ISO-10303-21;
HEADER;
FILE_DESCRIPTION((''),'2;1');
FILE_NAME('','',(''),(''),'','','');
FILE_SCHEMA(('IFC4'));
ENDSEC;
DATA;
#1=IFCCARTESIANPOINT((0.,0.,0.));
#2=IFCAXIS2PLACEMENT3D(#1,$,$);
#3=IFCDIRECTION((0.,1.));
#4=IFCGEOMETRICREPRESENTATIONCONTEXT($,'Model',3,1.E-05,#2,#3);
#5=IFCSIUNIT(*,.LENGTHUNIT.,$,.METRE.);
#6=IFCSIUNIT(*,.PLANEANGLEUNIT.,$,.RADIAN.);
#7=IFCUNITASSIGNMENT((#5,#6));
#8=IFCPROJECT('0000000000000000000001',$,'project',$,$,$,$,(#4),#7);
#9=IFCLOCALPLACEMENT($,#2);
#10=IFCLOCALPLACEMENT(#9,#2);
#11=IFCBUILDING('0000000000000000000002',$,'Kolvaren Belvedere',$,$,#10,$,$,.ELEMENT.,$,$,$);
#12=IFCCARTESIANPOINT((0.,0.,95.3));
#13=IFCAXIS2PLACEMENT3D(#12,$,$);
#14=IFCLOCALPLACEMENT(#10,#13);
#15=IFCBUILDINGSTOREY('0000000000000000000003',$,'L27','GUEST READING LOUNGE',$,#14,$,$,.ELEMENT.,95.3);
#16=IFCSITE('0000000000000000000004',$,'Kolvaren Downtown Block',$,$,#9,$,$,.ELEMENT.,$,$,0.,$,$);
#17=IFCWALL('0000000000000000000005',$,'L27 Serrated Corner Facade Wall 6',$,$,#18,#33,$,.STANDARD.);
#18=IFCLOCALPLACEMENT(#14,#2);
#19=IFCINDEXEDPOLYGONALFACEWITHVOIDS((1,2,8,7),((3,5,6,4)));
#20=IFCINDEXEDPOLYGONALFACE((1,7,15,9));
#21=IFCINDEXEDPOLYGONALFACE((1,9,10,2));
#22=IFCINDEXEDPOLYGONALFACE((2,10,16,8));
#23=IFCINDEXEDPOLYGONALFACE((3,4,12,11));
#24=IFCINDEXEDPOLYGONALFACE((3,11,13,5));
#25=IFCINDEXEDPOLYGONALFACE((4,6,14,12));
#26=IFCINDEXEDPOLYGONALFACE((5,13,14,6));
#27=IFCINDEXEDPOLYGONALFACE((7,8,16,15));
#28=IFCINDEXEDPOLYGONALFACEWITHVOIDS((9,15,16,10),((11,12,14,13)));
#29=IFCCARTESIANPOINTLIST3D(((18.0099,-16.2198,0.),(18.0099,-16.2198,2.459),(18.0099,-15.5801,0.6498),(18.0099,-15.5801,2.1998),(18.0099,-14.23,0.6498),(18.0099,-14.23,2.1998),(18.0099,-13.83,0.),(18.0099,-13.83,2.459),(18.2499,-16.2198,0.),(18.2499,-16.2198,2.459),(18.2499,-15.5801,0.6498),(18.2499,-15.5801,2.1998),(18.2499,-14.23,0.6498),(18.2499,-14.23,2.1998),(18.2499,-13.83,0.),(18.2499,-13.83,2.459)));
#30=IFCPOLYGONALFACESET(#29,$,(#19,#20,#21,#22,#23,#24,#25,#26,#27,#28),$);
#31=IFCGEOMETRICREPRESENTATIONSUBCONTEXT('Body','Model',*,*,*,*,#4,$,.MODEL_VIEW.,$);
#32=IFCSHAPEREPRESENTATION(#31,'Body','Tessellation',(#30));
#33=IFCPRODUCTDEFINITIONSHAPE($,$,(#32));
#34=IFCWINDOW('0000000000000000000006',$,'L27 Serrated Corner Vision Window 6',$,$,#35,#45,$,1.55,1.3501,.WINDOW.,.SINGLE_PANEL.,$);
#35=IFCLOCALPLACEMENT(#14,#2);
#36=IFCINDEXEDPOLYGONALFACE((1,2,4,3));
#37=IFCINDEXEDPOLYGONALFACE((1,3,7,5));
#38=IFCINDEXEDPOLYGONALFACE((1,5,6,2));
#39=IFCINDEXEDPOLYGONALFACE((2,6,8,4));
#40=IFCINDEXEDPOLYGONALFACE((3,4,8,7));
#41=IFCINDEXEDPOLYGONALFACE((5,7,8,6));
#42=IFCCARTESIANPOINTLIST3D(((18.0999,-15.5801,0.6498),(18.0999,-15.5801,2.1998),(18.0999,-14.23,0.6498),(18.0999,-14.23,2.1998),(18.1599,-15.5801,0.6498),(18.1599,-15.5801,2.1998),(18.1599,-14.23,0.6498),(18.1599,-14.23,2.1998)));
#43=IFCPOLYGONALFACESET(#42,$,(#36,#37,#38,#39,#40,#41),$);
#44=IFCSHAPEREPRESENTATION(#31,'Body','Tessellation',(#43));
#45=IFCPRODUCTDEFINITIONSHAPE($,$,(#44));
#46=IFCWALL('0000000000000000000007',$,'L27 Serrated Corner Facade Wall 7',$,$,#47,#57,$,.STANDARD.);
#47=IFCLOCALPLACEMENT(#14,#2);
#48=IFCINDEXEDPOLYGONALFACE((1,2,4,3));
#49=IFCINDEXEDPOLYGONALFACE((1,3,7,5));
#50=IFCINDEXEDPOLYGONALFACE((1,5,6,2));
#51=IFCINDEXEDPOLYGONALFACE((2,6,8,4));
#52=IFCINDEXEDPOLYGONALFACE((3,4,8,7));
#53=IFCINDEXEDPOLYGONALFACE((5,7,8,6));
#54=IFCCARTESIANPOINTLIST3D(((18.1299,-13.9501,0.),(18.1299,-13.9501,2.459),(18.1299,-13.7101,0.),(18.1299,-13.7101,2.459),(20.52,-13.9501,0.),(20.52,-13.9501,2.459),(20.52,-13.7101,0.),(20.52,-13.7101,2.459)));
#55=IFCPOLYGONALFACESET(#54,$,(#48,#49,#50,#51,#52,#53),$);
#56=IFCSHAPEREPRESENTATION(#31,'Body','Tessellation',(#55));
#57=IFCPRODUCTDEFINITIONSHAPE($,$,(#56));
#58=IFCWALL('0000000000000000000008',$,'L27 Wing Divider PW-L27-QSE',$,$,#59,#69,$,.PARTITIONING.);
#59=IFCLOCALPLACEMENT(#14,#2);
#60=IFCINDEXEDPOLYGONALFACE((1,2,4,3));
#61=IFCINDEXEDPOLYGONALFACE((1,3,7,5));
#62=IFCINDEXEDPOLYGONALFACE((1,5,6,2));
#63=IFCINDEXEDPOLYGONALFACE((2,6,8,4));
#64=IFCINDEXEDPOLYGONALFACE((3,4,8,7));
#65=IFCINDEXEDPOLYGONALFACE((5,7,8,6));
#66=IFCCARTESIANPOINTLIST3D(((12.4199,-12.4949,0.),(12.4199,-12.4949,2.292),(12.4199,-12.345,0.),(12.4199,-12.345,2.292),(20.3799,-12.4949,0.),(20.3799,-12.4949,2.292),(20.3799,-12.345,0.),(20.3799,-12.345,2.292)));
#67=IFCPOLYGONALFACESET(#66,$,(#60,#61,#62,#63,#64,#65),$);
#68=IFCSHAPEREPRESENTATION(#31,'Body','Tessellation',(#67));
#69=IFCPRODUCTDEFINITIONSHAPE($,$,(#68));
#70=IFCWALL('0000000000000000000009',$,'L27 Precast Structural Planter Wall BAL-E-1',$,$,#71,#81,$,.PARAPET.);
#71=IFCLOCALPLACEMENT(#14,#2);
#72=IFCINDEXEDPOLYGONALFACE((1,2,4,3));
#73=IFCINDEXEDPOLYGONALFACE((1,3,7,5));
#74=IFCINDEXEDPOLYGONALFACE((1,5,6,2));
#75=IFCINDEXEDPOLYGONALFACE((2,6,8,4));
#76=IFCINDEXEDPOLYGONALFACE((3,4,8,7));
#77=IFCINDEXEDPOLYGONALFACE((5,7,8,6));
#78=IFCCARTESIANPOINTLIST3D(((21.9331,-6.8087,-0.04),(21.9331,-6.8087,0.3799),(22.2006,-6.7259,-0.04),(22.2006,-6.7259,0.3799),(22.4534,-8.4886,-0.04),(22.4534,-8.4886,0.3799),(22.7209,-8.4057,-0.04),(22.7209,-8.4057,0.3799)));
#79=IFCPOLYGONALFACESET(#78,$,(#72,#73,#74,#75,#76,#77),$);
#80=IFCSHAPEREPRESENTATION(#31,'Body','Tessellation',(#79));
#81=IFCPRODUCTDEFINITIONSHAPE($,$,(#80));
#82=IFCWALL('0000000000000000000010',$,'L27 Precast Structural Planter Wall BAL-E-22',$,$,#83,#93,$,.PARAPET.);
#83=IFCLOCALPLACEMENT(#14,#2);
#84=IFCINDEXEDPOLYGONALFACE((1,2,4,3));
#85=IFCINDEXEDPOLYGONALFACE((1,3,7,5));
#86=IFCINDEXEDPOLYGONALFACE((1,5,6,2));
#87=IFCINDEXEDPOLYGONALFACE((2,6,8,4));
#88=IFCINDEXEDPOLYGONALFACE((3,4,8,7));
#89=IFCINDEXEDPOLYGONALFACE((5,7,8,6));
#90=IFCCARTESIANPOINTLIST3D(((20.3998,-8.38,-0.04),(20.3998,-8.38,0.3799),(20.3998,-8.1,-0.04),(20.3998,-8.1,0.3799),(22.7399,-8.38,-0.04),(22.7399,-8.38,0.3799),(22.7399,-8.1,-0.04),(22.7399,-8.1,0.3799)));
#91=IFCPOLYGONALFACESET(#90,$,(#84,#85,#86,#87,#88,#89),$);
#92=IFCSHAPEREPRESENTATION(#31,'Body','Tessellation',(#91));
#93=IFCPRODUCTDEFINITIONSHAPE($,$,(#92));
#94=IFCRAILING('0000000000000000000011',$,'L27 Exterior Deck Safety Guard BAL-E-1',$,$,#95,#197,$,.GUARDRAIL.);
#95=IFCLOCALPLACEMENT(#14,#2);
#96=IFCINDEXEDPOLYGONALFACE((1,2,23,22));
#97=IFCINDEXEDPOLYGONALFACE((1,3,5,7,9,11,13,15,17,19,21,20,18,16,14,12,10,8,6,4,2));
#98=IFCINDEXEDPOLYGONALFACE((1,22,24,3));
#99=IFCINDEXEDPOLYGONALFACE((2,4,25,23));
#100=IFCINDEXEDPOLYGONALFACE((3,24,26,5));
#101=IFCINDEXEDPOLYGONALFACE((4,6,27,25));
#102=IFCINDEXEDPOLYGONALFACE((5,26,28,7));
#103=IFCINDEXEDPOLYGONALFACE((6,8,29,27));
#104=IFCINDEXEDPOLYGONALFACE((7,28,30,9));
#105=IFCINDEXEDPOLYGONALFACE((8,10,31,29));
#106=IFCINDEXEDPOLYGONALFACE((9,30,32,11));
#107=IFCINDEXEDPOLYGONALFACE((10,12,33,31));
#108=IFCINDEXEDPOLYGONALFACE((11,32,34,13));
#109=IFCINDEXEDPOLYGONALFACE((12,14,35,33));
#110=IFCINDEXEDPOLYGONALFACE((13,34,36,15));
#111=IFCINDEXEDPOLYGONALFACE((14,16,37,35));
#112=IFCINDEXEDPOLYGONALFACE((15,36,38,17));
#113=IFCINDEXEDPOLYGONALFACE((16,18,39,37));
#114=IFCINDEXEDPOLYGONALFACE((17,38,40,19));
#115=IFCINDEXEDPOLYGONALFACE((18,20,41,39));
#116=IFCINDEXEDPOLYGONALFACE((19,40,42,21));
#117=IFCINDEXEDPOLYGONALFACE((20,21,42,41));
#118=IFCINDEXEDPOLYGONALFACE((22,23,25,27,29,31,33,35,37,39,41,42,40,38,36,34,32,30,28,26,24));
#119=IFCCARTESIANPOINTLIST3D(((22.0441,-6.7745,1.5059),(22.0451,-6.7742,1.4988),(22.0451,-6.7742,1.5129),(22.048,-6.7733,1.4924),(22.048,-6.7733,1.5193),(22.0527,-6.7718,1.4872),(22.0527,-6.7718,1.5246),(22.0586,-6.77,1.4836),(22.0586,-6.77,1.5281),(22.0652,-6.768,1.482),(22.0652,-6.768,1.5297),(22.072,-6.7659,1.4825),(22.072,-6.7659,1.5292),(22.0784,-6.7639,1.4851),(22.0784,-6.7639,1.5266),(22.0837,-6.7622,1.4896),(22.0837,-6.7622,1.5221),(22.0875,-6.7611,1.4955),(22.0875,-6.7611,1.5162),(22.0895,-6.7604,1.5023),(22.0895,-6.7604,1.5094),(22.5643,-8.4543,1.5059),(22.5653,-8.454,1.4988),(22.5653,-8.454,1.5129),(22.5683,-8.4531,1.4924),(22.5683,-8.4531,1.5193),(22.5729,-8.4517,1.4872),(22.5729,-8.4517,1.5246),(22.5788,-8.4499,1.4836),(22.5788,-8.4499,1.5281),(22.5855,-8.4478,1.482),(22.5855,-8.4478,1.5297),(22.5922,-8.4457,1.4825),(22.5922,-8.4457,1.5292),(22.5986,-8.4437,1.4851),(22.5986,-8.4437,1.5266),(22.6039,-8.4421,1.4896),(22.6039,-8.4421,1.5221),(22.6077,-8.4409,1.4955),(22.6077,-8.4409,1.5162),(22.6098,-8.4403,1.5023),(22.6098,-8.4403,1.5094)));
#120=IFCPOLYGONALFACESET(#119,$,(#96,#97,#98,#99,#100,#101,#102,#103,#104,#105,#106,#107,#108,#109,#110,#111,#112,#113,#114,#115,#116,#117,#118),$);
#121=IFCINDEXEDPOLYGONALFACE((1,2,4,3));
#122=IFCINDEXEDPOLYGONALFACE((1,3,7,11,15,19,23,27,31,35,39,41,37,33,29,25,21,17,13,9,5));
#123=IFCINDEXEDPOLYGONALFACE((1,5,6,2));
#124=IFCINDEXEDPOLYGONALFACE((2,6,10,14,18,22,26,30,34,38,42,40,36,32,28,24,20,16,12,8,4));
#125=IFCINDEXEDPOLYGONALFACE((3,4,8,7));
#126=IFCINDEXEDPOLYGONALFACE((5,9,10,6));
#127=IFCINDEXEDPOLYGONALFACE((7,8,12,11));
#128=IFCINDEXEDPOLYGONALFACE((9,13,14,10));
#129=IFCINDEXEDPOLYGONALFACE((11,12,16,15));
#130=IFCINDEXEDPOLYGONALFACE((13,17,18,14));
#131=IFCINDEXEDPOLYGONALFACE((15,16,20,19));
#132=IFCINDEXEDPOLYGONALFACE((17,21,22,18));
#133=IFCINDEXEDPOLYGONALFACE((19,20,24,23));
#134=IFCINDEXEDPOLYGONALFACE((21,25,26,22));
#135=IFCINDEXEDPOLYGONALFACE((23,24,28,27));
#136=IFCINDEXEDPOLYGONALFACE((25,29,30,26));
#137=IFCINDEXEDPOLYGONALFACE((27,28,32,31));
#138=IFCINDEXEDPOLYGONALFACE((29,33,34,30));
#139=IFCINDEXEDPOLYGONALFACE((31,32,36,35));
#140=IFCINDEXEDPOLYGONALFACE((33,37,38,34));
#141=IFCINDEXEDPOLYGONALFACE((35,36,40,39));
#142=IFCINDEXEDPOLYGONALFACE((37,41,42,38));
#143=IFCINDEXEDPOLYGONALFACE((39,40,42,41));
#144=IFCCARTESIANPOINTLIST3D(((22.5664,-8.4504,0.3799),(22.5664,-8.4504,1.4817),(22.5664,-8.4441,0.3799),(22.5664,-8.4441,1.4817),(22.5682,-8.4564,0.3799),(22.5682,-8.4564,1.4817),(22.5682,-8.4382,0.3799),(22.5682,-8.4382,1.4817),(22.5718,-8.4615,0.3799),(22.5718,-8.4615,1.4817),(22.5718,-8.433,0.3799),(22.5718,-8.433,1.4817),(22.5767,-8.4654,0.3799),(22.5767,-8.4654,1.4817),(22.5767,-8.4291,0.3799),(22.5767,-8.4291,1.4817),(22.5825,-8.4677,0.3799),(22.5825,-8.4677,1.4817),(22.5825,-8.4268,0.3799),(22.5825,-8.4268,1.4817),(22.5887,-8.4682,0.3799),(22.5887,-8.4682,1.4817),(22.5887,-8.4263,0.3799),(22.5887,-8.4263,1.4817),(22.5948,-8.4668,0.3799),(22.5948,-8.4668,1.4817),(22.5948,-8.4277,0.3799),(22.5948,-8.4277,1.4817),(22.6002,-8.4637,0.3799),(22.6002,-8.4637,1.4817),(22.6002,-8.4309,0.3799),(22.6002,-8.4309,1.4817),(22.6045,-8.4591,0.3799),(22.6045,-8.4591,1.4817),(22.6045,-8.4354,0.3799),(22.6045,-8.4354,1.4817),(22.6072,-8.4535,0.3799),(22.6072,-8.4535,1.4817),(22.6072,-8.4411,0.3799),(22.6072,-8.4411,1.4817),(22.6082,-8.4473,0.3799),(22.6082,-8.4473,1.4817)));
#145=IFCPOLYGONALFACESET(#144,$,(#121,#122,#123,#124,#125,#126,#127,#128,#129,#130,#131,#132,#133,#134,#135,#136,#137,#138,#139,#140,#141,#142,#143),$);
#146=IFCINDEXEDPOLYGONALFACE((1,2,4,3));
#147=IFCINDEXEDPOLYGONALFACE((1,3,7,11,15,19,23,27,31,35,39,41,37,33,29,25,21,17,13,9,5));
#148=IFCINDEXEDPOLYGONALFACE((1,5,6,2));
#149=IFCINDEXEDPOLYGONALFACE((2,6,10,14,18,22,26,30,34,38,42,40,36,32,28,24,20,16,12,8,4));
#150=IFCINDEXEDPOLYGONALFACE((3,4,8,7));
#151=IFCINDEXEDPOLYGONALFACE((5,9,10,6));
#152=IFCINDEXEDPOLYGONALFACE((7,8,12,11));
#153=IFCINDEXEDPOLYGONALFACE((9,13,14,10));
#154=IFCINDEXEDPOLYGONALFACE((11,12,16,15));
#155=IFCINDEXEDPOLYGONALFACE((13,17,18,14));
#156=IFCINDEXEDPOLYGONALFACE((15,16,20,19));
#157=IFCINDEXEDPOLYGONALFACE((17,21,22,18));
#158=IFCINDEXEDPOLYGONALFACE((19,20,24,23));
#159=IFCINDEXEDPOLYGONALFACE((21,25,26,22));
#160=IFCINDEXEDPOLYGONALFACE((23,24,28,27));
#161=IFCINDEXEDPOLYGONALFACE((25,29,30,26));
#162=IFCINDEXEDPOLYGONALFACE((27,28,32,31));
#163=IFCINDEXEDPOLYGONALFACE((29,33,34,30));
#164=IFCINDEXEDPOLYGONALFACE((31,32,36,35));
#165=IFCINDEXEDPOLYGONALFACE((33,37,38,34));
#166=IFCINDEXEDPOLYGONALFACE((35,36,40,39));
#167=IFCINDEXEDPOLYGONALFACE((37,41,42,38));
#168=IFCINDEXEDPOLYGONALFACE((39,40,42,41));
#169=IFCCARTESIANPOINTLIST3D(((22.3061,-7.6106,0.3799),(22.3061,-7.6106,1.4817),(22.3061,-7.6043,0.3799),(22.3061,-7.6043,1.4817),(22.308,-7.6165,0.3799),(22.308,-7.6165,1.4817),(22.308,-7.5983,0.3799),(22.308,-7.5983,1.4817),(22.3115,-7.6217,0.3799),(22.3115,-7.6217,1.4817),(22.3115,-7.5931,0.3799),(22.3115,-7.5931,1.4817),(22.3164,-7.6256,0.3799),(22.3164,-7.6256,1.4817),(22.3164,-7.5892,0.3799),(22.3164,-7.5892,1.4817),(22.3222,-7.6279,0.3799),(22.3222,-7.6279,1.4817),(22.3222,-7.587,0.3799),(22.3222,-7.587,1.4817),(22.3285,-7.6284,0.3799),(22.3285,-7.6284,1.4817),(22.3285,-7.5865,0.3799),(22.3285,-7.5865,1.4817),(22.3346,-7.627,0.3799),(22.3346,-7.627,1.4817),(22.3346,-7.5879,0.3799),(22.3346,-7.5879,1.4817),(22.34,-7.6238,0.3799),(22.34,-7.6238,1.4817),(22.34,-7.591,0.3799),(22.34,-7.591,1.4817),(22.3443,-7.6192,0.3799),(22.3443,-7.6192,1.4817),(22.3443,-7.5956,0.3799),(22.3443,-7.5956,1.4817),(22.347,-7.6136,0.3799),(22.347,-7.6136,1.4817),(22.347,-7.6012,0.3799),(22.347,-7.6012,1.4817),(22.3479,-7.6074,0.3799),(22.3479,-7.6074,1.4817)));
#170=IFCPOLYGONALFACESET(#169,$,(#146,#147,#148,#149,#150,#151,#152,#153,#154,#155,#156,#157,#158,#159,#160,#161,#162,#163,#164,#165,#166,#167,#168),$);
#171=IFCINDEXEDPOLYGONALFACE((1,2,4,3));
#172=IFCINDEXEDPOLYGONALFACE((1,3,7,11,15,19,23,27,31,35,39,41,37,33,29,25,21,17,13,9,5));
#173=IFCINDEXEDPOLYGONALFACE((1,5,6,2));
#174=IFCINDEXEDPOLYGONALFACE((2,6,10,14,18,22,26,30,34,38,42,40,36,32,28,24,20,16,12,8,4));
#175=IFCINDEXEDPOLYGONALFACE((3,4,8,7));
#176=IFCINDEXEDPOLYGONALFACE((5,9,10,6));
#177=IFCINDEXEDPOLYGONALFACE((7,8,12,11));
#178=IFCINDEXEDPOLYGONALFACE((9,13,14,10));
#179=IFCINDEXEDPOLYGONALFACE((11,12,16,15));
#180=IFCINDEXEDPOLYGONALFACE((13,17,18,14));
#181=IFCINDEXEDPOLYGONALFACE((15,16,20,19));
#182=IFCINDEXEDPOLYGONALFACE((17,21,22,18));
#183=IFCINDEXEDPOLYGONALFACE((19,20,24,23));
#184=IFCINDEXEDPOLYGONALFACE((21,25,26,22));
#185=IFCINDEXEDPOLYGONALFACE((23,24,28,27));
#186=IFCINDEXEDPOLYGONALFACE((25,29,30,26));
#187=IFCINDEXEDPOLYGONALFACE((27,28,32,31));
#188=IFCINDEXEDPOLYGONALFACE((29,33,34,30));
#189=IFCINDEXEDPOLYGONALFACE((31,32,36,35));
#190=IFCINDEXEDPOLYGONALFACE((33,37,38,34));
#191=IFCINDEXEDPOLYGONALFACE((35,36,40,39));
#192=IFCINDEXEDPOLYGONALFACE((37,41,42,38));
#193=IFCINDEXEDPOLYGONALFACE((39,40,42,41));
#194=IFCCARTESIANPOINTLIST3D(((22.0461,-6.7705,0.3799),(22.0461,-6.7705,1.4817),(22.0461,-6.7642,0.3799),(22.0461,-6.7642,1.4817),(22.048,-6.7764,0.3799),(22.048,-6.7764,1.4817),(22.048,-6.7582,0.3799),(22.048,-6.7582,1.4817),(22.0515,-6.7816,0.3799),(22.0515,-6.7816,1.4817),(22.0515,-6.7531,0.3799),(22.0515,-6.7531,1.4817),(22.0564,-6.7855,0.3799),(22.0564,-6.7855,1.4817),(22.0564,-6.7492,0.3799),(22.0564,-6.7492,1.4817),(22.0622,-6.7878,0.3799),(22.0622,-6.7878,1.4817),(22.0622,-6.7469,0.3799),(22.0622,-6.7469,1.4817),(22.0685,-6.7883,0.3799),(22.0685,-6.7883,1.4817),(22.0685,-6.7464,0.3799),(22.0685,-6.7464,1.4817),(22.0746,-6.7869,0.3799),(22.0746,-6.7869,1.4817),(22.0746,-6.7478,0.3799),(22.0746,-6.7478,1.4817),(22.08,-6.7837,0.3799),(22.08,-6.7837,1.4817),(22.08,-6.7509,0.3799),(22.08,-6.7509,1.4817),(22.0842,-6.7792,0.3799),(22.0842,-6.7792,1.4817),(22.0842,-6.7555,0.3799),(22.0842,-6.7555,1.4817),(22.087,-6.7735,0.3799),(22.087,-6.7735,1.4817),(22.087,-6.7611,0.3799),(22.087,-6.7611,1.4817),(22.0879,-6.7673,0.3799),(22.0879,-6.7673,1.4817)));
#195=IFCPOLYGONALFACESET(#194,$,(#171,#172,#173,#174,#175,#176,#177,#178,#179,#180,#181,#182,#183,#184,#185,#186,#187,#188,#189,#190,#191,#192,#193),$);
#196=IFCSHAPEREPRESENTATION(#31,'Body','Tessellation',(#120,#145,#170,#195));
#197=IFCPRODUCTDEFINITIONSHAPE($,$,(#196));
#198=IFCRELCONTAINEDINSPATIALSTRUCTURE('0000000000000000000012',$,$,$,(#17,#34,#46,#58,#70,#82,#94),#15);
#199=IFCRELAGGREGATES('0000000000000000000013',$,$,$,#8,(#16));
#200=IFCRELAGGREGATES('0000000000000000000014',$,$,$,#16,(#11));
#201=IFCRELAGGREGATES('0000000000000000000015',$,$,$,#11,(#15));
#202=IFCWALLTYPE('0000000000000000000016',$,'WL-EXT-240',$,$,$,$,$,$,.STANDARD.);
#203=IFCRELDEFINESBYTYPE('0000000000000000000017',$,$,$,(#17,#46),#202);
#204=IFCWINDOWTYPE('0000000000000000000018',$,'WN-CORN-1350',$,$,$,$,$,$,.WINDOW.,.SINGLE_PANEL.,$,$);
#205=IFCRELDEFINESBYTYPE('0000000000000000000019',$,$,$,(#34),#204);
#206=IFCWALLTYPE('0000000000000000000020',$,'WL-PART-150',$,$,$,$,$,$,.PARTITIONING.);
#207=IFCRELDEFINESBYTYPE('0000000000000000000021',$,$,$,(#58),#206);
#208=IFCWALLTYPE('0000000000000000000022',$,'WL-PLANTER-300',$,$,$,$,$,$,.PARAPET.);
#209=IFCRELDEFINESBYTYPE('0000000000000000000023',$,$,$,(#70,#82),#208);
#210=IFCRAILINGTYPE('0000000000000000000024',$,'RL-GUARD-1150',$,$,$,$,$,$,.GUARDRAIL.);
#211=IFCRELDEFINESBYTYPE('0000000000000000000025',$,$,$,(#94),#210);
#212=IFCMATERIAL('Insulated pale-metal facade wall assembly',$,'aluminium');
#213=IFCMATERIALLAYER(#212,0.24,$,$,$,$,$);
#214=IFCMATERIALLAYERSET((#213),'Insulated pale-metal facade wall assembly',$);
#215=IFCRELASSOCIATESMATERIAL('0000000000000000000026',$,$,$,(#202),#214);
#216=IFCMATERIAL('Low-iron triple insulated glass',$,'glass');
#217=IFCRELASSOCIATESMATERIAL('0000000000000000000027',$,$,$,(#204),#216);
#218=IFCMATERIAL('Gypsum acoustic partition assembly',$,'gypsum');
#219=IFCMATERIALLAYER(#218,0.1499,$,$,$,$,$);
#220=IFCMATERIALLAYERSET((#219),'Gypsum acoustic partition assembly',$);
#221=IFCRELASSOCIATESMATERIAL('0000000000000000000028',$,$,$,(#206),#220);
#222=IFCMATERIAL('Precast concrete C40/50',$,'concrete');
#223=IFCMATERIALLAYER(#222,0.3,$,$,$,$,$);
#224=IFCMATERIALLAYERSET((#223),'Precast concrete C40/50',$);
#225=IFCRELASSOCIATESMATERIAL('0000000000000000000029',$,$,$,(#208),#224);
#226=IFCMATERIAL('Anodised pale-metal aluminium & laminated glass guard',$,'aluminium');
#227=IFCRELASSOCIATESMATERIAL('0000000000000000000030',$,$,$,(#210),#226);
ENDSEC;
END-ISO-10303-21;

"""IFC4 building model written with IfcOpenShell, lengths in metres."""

from ifc_helpers import new_model, si_unit, direction, frame, frame_2d, origin, origin_2d, place, context, subcontext, project, spatial, rectangle, circle, extrude, material, layer, layer_set, type_object, element, fill, save


model = new_model("IFC4")

# Units and contexts
model_context = context("Model", 3, precision=1e-05, world=origin(), true_north=direction((0.0, 1.0)))
body_context = subcontext(model_context, "Body", "Model", "MODEL_VIEW")
ifc_project = project(units=[si_unit("LENGTHUNIT", "METRE"), si_unit("PLANEANGLEUNIT", "RADIAN")], contexts=[model_context])

# Site, building, storey
site_placement = place(None, origin())
site = spatial("IfcSite", under=ifc_project, at=site_placement, Name="Kolvaren Downtown Block", CompositionType="ELEMENT", RefElevation=0.0)
building_placement = place(site_placement, origin())
building = spatial("IfcBuilding", under=site, at=building_placement, Name="Kolvaren Belvedere", CompositionType="ELEMENT")
storey_placement = place(building_placement, frame((0.0, 0.0, 95.3)))
storey = spatial("IfcBuildingStorey", under=building, at=storey_placement, Name="L27", Description="GUEST READING LOUNGE", CompositionType="ELEMENT", Elevation=95.3)

# Shared definitions
ifc_material_1 = material(Name="Insulated pale-metal facade wall assembly", Category="aluminium")
ifc_layer_1 = layer(ifc_material_1, 0.24)
ifc_layer_set_1 = layer_set([ifc_layer_1], Name="Insulated pale-metal facade wall assembly")
wall_type_1 = type_object("IfcWallType", Name="WL-EXT-240", PredefinedType="STANDARD", material=ifc_layer_set_1)

# Wall, opening, window
ifc_material_2 = material(Name="Low-iron triple insulated glass", Category="glass")
window_type_1 = type_object("IfcWindowType", Name="WN-CORN-1350", PartitioningType="SINGLE_PANEL", PredefinedType="WINDOW", material=ifc_material_2)
wall_1_placement = place(storey_placement, frame((18.1299, -13.8301, 0.0), z_axis=(0.0, 0.0, 1.0), x_axis=(0.0, -1.0, 0.0)))
wall_1 = element("IfcWall", 1, at=wall_1_placement, inside=storey, type_object=wall_type_1, Name="L27 Serrated Corner Facade Wall 6", PredefinedType="STANDARD", context=body_context, shape_type="SweptSolid", body=[
    extrude(rectangle(XDim=2.3899, YDim=0.24, at=frame_2d((1.1948, 0.0))), origin(), (0.0, 0.0, 1.0), 2.459),
])
opening_1_placement = place(wall_1_placement, frame((0.3999, 0.0, 0.6499)))
opening_1 = element("IfcOpeningElement", 2, at=opening_1_placement, cuts=wall_1, PredefinedType="OPENING", context=body_context, shape_type="SweptSolid", body=[
    extrude(rectangle(XDim=1.3501, YDim=1.55, at=frame_2d((0.675, 0.7749))), frame((0.0, 0.1299, 0.0), z_axis=(0.0, -1.0, 0.0), x_axis=(1.0, 0.0, 0.0)), (0.0, 0.0, 1.0), 0.26),
])
window_1_placement = place(opening_1_placement, origin())
window_1 = element("IfcWindow", 3, at=window_1_placement, inside=storey, type_object=window_type_1, Name="L27 Serrated Corner Vision Window 6", OverallHeight=1.55, OverallWidth=1.3501, PartitioningType="SINGLE_PANEL", PredefinedType="WINDOW", context=body_context, shape_type="SweptSolid", body=[
    extrude(rectangle(XDim=1.3501, YDim=1.55, at=frame_2d((0.675, 0.7749))), frame((0.0, 0.03, 0.0), z_axis=(0.0, -1.0, 0.0), x_axis=(1.0, 0.0, 0.0)), (0.0, 0.0, 1.0), 0.0601),
])
fill(opening_1, window_1)

# Walls
wall_2_placement = place(storey_placement, frame((20.52, -13.8301, 0.0), z_axis=(0.0, 0.0, 1.0), x_axis=(-1.0, 0.0, 0.0)))
element("IfcWall", 4, at=wall_2_placement, inside=storey, type_object=wall_type_1, Name="L27 Serrated Corner Facade Wall 7", PredefinedType="STANDARD", context=body_context, shape_type="SweptSolid", body=[
    extrude(rectangle(XDim=2.3901, YDim=0.24, at=frame_2d((1.1951, 0.0))), origin(), (0.0, 0.0, 1.0), 2.459),
])
ifc_material_3 = material(Name="Gypsum acoustic partition assembly", Category="gypsum")
ifc_layer_2 = layer(ifc_material_3, 0.1499)
ifc_layer_set_2 = layer_set([ifc_layer_2], Name="Gypsum acoustic partition assembly")
wall_type_2 = type_object("IfcWallType", Name="WL-PART-150", PredefinedType="PARTITIONING", material=ifc_layer_set_2)
wall_3_placement = place(storey_placement, frame((12.4199, -12.4199, 0.0), z_axis=(0.0, 0.0, 1.0), x_axis=(1.0, 0.0, 0.0)))
element("IfcWall", 5, at=wall_3_placement, inside=storey, type_object=wall_type_2, Name="L27 Wing Divider PW-L27-QSE", PredefinedType="PARTITIONING", context=body_context, shape_type="SweptSolid", body=[
    extrude(rectangle(XDim=7.96, YDim=0.1499, at=frame_2d((3.98, 0.0))), origin(), (0.0, 0.0, 1.0), 2.292),
])
ifc_material_4 = material(Name="Precast concrete C40/50", Category="concrete")
ifc_layer_3 = layer(ifc_material_4, 0.3)
ifc_layer_set_3 = layer_set([ifc_layer_3], Name="Precast concrete C40/50")
wall_type_3 = type_object("IfcWallType", Name="WL-PLANTER-300", PredefinedType="PARAPET", material=ifc_layer_set_3)
wall_4_placement = place(storey_placement, frame((22.5872, -8.4473, -0.04), z_axis=(0.0, 0.0, 1.0), x_axis=(-0.295832, 0.95524, 0.0)))
element("IfcWall", 6, at=wall_4_placement, inside=storey, type_object=wall_type_3, Name="L27 Precast Structural Planter Wall BAL-E-1", PredefinedType="PARAPET", context=body_context, shape_type="SweptSolid", body=[
    extrude(rectangle(XDim=1.7585, YDim=0.28, at=frame_2d((0.8794, 0.0))), origin(), (0.0, 0.0, 1.0), 0.4199),
])
wall_5_placement = place(storey_placement, frame((20.3999, -8.24, -0.04), z_axis=(0.0, 0.0, 1.0), x_axis=(1.0, 0.0, 0.0)))
element("IfcWall", 7, at=wall_5_placement, inside=storey, type_object=wall_type_3, Name="L27 Precast Structural Planter Wall BAL-E-22", PredefinedType="PARAPET", context=body_context, shape_type="SweptSolid", body=[
    extrude(rectangle(XDim=2.3401, YDim=0.28, at=frame_2d((1.1699, 0.0))), origin(), (0.0, 0.0, 1.0), 0.4199),
])

# Railing
ifc_material_5 = material(Name="Anodised pale-metal aluminium & laminated glass guard", Category="aluminium")
railing_type = type_object("IfcRailingType", Name="RL-GUARD-1150", PredefinedType="GUARDRAIL", material=ifc_material_5)
railing_1_placement = place(storey_placement, frame((22.5872, -8.4473, 0.3799)))
element("IfcRailing", 8, at=railing_1_placement, inside=storey, type_object=railing_type, Name="L27 Exterior Deck Safety Guard BAL-E-1", PredefinedType="GUARDRAIL", context=body_context, shape_type="SweptSolid", body=[
    extrude(circle(Radius=0.0239, at=origin_2d()), frame((0.0, 0.0, 1.126), z_axis=(-0.295832, 0.95524, 0.0), x_axis=(-0.95524, -0.295832, 0.0)), (0.0, 0.0, 1.0), 1.7585),
    extrude(circle(Radius=0.021, at=origin_2d()), origin(), (0.0, 0.0, 1.0), 1.1018),
    extrude(circle(Radius=0.021, at=origin_2d()), frame((-0.2603, 0.8398, 0.0)), (0.0, 0.0, 1.0), 1.1018),
    extrude(circle(Radius=0.021, at=origin_2d()), frame((-0.5203, 1.6799, 0.0)), (0.0, 0.0, 1.0), 1.1018),
])

save(model, "model.ifc")
